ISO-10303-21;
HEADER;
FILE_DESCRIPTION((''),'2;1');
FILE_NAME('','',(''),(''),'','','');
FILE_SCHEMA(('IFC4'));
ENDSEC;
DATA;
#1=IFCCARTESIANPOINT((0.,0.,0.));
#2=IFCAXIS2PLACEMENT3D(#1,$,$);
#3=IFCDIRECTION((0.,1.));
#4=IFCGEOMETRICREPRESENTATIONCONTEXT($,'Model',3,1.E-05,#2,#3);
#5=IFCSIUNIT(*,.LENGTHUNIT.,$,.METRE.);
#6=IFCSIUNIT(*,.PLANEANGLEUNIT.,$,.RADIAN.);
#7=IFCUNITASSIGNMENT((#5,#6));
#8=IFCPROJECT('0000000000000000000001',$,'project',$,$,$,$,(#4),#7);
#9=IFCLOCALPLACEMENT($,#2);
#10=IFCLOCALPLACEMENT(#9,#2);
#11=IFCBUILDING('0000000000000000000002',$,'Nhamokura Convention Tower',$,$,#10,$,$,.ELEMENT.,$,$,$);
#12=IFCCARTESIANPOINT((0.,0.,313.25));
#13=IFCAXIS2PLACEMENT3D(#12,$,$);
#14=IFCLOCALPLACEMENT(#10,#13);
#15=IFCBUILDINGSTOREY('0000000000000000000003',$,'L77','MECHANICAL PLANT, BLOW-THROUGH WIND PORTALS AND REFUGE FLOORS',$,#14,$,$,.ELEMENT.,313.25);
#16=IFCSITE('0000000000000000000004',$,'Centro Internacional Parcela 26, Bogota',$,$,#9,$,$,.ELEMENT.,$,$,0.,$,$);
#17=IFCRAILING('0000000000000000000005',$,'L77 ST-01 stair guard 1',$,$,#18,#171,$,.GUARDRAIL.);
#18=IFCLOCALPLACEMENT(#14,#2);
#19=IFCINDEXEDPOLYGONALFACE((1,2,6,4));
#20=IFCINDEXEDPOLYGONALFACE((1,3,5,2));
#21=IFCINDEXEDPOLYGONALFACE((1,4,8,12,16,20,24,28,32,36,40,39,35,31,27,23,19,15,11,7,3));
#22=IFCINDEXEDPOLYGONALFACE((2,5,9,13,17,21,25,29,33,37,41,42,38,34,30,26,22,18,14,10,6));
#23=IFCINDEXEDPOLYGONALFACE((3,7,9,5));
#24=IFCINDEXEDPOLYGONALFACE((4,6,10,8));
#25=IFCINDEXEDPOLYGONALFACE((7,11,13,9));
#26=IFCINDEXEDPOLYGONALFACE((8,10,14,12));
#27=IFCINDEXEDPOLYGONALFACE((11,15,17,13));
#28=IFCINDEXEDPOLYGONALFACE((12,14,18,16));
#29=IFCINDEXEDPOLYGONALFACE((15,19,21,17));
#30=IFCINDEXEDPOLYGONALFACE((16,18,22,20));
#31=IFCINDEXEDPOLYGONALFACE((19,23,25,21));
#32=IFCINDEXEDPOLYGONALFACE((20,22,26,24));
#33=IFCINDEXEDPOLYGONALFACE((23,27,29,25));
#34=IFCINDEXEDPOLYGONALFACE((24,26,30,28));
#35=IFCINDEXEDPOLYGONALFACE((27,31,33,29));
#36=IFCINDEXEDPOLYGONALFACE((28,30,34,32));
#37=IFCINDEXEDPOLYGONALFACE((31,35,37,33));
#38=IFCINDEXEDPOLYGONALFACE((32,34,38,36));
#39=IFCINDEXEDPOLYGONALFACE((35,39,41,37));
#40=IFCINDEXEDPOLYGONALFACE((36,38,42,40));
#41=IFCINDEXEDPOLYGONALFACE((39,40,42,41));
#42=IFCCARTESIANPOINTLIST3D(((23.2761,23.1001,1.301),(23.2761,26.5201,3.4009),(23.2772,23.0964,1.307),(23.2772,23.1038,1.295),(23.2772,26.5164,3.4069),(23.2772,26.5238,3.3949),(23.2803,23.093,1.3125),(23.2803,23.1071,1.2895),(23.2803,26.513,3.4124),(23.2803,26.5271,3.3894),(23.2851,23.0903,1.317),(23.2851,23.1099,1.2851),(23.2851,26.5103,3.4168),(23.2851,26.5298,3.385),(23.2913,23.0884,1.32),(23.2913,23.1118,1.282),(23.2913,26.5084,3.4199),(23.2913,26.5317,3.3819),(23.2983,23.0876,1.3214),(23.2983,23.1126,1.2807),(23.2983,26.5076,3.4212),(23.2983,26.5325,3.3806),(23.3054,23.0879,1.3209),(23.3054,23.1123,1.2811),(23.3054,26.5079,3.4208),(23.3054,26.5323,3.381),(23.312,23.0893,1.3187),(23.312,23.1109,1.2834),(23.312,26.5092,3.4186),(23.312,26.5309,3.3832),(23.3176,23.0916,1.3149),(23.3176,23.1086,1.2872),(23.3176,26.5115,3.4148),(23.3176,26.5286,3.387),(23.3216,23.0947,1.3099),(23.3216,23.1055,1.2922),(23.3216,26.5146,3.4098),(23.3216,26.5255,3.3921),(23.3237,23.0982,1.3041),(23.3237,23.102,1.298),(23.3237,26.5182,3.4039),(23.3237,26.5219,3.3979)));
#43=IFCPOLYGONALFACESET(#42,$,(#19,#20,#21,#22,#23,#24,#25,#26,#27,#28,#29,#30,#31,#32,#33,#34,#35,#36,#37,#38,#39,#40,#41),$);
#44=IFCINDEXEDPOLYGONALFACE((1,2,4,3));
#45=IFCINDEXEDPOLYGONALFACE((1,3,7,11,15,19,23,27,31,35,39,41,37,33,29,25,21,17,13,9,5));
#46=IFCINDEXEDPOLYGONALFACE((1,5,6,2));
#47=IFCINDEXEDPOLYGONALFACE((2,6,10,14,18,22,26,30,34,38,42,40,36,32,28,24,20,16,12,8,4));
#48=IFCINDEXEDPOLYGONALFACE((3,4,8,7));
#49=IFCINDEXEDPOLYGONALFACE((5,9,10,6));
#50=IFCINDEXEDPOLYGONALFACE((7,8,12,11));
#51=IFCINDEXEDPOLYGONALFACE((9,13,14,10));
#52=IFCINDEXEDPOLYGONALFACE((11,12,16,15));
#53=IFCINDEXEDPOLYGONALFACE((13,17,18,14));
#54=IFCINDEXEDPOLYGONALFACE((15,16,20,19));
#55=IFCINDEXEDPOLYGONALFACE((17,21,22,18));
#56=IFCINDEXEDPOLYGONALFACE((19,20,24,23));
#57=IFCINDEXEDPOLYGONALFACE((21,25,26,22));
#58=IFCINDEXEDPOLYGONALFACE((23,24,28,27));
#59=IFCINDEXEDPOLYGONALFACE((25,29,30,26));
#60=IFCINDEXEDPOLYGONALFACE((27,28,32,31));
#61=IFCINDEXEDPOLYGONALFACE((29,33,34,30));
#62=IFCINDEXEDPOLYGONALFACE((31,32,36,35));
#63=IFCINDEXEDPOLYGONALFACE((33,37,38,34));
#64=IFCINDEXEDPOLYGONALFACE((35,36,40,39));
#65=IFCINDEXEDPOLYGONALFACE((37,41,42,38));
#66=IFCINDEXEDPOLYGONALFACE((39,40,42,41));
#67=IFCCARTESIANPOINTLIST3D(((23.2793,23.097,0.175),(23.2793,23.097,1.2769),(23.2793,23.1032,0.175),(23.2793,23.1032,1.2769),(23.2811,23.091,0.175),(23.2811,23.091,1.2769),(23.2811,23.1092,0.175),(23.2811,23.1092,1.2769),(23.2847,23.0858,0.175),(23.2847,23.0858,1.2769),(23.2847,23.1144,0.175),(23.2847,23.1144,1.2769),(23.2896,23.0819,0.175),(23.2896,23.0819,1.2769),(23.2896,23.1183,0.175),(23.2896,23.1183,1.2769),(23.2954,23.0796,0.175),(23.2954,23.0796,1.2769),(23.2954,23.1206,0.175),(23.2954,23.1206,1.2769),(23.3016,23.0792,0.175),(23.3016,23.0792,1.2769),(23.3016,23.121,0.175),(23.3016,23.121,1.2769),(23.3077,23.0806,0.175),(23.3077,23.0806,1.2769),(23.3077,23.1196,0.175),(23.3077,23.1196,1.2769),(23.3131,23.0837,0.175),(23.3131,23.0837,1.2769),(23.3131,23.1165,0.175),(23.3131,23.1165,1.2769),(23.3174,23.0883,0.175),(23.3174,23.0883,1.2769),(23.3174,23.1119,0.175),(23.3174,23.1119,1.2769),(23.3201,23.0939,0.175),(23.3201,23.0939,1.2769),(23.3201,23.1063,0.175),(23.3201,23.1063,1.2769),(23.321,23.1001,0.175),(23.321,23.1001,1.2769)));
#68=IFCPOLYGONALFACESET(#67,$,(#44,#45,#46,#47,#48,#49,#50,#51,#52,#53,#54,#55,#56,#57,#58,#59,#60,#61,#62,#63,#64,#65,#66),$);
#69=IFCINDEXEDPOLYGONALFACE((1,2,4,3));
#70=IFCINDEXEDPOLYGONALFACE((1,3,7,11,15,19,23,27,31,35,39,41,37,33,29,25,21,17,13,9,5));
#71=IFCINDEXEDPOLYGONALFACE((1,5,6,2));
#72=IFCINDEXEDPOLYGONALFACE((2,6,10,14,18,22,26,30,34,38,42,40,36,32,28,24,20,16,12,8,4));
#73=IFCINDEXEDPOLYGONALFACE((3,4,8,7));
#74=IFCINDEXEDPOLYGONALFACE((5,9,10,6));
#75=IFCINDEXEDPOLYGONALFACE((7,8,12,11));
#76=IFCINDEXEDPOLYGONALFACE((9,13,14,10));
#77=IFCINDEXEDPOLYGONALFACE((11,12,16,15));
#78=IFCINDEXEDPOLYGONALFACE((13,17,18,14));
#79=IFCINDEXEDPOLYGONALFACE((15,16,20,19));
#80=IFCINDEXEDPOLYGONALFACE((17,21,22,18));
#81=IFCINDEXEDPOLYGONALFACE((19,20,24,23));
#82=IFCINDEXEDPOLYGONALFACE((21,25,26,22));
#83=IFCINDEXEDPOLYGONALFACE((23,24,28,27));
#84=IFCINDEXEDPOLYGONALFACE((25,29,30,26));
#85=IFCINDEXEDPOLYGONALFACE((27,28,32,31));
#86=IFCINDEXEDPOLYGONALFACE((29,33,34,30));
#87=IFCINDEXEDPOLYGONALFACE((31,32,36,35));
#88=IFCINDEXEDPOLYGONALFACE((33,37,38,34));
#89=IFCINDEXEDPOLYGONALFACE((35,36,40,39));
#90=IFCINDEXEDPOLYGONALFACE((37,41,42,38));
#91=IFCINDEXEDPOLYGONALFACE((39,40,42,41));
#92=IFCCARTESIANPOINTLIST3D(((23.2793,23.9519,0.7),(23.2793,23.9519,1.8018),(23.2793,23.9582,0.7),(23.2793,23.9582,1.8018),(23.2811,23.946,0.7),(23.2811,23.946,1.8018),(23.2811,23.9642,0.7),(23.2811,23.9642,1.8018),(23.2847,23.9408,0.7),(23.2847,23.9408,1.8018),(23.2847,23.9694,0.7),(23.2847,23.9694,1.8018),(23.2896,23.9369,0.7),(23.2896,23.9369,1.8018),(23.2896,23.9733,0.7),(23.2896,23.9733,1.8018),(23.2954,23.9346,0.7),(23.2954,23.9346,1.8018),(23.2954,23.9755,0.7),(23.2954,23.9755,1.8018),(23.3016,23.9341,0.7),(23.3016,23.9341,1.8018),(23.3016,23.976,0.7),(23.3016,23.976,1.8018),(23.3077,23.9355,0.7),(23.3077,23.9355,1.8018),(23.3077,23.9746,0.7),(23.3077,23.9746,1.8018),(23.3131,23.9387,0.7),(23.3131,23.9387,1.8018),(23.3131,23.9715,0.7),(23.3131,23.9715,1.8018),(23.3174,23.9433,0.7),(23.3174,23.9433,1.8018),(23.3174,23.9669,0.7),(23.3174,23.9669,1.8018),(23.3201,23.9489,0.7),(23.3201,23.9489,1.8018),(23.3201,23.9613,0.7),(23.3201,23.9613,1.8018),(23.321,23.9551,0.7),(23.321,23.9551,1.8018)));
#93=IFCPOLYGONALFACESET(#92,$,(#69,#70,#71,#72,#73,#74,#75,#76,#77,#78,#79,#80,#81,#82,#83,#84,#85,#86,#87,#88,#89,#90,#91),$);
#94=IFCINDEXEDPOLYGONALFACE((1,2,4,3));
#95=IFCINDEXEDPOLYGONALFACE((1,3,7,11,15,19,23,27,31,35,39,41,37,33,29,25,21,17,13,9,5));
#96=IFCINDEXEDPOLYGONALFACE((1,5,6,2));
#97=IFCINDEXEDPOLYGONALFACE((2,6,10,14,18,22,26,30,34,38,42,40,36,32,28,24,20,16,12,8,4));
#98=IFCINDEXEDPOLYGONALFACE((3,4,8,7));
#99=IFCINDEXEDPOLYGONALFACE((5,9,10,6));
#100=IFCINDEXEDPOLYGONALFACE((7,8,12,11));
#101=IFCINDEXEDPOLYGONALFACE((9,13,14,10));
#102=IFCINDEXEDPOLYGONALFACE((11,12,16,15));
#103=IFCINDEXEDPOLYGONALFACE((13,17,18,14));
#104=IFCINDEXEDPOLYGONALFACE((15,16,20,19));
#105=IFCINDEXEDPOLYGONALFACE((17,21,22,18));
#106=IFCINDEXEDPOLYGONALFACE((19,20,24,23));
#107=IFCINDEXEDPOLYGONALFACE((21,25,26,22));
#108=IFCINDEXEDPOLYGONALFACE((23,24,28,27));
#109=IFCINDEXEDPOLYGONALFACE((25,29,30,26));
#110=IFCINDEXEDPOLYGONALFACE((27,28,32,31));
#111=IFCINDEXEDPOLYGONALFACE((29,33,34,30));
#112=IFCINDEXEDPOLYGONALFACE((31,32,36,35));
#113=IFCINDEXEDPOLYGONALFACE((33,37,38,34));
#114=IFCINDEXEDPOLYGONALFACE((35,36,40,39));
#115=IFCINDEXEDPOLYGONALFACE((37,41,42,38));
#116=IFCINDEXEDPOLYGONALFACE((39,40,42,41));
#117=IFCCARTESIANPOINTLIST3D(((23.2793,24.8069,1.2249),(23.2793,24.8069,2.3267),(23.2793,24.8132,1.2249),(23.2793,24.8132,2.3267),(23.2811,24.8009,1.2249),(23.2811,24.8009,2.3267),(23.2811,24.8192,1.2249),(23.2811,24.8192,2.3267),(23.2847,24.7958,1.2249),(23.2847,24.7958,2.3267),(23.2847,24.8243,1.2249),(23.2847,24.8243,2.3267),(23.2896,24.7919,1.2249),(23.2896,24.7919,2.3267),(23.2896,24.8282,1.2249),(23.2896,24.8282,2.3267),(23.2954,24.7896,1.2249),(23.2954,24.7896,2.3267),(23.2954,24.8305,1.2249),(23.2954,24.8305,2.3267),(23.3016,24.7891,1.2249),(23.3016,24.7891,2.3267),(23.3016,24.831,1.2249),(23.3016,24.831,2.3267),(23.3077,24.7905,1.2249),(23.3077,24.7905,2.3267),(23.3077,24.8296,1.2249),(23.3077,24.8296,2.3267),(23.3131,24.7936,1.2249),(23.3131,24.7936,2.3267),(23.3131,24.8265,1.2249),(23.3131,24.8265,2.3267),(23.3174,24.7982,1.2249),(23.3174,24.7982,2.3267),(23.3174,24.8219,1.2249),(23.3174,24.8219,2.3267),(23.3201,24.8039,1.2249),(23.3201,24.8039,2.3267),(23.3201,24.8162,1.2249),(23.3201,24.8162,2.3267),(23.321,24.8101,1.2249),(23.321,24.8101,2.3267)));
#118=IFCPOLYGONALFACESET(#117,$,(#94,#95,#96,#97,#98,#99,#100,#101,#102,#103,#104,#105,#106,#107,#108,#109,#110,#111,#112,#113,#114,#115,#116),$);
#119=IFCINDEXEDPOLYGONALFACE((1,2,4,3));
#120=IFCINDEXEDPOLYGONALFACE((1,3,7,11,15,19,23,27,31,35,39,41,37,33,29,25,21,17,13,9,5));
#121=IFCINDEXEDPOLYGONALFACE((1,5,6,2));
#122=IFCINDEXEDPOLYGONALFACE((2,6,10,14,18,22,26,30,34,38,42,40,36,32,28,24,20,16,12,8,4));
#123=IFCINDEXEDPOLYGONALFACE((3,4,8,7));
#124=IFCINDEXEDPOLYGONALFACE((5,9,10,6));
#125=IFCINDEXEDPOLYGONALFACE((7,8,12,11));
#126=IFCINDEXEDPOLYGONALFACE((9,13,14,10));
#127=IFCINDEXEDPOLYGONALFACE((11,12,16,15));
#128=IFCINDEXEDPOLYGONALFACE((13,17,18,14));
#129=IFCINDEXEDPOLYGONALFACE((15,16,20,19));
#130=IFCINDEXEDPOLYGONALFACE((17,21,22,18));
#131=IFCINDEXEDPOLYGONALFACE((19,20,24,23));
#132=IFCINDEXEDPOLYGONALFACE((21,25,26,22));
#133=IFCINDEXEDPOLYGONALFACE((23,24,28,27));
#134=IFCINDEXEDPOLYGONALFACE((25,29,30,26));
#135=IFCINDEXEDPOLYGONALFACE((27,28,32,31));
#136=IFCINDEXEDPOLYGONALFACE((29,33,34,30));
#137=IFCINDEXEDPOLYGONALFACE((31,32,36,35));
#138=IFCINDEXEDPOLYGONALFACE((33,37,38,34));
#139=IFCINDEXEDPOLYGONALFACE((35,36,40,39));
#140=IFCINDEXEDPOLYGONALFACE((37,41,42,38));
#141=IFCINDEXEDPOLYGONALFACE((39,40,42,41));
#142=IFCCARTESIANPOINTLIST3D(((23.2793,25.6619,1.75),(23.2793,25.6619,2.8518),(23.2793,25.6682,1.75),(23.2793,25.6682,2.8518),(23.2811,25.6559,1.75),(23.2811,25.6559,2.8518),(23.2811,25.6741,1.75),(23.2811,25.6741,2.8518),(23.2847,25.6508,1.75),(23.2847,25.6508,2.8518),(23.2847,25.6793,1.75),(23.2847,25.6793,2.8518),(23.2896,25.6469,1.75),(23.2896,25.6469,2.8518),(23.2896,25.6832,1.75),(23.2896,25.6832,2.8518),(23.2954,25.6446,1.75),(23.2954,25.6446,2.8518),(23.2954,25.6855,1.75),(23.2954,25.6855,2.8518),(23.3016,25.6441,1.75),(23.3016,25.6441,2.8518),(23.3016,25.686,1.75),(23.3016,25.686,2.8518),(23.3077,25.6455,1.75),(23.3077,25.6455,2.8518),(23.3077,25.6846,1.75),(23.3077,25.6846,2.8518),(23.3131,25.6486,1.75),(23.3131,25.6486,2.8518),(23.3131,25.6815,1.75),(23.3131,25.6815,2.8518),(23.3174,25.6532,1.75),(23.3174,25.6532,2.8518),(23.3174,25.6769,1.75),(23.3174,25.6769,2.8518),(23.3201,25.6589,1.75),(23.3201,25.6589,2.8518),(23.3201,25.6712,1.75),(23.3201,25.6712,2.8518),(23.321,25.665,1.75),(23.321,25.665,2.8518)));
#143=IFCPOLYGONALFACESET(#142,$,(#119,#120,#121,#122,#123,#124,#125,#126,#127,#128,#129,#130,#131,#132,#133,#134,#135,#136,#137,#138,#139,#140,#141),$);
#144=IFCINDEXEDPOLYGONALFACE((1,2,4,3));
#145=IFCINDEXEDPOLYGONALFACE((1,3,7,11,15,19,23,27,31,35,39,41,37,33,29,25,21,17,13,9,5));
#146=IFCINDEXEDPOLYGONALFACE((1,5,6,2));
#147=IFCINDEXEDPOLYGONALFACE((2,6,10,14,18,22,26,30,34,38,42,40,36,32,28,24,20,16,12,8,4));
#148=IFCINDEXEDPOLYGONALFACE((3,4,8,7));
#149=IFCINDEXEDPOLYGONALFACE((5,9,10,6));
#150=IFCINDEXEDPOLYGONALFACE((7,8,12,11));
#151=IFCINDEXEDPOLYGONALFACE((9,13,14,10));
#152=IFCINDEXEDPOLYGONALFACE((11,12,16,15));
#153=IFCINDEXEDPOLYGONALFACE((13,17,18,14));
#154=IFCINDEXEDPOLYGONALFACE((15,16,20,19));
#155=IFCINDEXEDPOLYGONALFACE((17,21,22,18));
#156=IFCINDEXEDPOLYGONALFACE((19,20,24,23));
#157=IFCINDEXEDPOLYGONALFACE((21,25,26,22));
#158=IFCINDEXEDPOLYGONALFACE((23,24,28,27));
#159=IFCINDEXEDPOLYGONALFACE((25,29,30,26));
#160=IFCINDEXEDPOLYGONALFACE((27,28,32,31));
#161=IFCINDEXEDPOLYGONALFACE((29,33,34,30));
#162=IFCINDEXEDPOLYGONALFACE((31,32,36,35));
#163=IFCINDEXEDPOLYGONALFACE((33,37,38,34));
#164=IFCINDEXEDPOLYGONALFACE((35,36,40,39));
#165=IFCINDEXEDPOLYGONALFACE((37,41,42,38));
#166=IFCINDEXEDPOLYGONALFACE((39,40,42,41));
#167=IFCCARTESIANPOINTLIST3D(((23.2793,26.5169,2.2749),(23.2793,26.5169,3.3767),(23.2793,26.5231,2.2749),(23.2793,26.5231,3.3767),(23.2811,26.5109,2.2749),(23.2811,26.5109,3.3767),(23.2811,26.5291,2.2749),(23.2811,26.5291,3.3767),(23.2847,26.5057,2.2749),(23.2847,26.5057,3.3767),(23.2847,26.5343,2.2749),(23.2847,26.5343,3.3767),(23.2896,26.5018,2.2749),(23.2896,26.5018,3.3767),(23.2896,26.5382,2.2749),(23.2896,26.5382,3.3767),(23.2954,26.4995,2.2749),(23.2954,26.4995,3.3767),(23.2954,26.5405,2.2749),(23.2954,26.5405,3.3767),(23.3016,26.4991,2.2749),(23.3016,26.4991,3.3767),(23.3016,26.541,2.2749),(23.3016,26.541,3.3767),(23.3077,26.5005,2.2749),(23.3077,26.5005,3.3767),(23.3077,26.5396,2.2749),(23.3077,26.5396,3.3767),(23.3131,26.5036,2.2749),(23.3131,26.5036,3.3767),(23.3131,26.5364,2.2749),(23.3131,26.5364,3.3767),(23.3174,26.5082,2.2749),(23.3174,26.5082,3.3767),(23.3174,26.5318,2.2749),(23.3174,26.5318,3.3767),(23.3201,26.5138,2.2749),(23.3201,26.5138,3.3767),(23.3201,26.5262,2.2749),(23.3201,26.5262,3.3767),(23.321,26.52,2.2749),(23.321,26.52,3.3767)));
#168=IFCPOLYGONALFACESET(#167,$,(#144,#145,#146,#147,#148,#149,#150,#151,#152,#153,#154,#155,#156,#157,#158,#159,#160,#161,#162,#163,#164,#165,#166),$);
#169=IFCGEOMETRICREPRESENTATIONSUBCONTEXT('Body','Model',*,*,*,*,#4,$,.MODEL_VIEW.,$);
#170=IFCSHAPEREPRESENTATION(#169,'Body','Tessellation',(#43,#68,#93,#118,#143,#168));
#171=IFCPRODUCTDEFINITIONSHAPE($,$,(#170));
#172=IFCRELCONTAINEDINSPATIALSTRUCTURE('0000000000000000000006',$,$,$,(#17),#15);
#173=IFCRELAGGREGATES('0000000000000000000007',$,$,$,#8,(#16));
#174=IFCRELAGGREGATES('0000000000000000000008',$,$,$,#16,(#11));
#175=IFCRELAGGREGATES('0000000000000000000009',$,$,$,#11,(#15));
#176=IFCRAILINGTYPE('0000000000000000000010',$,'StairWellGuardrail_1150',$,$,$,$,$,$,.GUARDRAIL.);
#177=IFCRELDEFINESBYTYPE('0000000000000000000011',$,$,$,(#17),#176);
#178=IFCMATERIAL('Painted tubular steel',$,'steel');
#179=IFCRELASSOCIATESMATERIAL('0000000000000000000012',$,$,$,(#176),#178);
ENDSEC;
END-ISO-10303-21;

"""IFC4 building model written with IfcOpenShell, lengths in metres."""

from ifc_helpers import new_model, si_unit, direction, frame, origin, origin_2d, place, context, subcontext, project, spatial, circle, extrude, material, type_object, element, save


model = new_model("IFC4")

# Units and contexts
model_context = context("Model", 3, precision=1e-05, world=origin(), true_north=direction((0.0, 1.0)))
body_context = subcontext(model_context, "Body", "Model", "MODEL_VIEW")
ifc_project = project(units=[si_unit("LENGTHUNIT", "METRE"), si_unit("PLANEANGLEUNIT", "RADIAN")], contexts=[model_context])

# Site, building, storey
site_placement = place(None, origin())
site = spatial("IfcSite", under=ifc_project, at=site_placement, Name="Centro Internacional Parcela 26, Bogota", CompositionType="ELEMENT", RefElevation=0.0)
building_placement = place(site_placement, origin())
building = spatial("IfcBuilding", under=site, at=building_placement, Name="Nhamokura Convention Tower", CompositionType="ELEMENT")
storey_placement = place(building_placement, frame((0.0, 0.0, 313.25)))
storey = spatial("IfcBuildingStorey", under=building, at=storey_placement, Name="L77", Description="MECHANICAL PLANT, BLOW-THROUGH WIND PORTALS AND REFUGE FLOORS", CompositionType="ELEMENT", Elevation=313.25)

# Railing
ifc_material_1 = material(Name="Painted tubular steel", Category="steel")
railing_type_1 = type_object("IfcRailingType", Name="StairWellGuardrail_1150", PredefinedType="GUARDRAIL", material=ifc_material_1)
railing_1_placement = place(storey_placement, frame((23.3, 23.1001, 0.175)))
element("IfcRailing", 1, at=railing_1_placement, inside=storey, type_object=railing_type_1, Name="L77 ST-01 stair guard 1", PredefinedType="GUARDRAIL", context=body_context, shape_type="SweptSolid", body=[
    extrude(circle(Radius=0.0239, at=origin_2d()), frame((0.0, 0.0, 1.126), z_axis=(0.0, 0.852182, 0.523245), x_axis=(-1.0, 0.0, 0.0)), (0.0, 0.0, 1.0), 4.0132),
    extrude(circle(Radius=0.021, at=origin_2d()), origin(), (0.0, 0.0, 1.0), 1.1018),
    extrude(circle(Radius=0.021, at=origin_2d()), frame((0.0, 0.855, 0.5249)), (0.0, 0.0, 1.0), 1.1018),
    extrude(circle(Radius=0.021, at=origin_2d()), frame((0.0, 1.71, 1.0498)), (0.0, 0.0, 1.0), 1.1018),
    extrude(circle(Radius=0.021, at=origin_2d()), frame((0.0, 2.5649, 1.575)), (0.0, 0.0, 1.0), 1.1018),
    extrude(circle(Radius=0.021, at=origin_2d()), frame((0.0, 3.4199, 2.0999)), (0.0, 0.0, 1.0), 1.1018),
])

save(model, "model.ifc")
